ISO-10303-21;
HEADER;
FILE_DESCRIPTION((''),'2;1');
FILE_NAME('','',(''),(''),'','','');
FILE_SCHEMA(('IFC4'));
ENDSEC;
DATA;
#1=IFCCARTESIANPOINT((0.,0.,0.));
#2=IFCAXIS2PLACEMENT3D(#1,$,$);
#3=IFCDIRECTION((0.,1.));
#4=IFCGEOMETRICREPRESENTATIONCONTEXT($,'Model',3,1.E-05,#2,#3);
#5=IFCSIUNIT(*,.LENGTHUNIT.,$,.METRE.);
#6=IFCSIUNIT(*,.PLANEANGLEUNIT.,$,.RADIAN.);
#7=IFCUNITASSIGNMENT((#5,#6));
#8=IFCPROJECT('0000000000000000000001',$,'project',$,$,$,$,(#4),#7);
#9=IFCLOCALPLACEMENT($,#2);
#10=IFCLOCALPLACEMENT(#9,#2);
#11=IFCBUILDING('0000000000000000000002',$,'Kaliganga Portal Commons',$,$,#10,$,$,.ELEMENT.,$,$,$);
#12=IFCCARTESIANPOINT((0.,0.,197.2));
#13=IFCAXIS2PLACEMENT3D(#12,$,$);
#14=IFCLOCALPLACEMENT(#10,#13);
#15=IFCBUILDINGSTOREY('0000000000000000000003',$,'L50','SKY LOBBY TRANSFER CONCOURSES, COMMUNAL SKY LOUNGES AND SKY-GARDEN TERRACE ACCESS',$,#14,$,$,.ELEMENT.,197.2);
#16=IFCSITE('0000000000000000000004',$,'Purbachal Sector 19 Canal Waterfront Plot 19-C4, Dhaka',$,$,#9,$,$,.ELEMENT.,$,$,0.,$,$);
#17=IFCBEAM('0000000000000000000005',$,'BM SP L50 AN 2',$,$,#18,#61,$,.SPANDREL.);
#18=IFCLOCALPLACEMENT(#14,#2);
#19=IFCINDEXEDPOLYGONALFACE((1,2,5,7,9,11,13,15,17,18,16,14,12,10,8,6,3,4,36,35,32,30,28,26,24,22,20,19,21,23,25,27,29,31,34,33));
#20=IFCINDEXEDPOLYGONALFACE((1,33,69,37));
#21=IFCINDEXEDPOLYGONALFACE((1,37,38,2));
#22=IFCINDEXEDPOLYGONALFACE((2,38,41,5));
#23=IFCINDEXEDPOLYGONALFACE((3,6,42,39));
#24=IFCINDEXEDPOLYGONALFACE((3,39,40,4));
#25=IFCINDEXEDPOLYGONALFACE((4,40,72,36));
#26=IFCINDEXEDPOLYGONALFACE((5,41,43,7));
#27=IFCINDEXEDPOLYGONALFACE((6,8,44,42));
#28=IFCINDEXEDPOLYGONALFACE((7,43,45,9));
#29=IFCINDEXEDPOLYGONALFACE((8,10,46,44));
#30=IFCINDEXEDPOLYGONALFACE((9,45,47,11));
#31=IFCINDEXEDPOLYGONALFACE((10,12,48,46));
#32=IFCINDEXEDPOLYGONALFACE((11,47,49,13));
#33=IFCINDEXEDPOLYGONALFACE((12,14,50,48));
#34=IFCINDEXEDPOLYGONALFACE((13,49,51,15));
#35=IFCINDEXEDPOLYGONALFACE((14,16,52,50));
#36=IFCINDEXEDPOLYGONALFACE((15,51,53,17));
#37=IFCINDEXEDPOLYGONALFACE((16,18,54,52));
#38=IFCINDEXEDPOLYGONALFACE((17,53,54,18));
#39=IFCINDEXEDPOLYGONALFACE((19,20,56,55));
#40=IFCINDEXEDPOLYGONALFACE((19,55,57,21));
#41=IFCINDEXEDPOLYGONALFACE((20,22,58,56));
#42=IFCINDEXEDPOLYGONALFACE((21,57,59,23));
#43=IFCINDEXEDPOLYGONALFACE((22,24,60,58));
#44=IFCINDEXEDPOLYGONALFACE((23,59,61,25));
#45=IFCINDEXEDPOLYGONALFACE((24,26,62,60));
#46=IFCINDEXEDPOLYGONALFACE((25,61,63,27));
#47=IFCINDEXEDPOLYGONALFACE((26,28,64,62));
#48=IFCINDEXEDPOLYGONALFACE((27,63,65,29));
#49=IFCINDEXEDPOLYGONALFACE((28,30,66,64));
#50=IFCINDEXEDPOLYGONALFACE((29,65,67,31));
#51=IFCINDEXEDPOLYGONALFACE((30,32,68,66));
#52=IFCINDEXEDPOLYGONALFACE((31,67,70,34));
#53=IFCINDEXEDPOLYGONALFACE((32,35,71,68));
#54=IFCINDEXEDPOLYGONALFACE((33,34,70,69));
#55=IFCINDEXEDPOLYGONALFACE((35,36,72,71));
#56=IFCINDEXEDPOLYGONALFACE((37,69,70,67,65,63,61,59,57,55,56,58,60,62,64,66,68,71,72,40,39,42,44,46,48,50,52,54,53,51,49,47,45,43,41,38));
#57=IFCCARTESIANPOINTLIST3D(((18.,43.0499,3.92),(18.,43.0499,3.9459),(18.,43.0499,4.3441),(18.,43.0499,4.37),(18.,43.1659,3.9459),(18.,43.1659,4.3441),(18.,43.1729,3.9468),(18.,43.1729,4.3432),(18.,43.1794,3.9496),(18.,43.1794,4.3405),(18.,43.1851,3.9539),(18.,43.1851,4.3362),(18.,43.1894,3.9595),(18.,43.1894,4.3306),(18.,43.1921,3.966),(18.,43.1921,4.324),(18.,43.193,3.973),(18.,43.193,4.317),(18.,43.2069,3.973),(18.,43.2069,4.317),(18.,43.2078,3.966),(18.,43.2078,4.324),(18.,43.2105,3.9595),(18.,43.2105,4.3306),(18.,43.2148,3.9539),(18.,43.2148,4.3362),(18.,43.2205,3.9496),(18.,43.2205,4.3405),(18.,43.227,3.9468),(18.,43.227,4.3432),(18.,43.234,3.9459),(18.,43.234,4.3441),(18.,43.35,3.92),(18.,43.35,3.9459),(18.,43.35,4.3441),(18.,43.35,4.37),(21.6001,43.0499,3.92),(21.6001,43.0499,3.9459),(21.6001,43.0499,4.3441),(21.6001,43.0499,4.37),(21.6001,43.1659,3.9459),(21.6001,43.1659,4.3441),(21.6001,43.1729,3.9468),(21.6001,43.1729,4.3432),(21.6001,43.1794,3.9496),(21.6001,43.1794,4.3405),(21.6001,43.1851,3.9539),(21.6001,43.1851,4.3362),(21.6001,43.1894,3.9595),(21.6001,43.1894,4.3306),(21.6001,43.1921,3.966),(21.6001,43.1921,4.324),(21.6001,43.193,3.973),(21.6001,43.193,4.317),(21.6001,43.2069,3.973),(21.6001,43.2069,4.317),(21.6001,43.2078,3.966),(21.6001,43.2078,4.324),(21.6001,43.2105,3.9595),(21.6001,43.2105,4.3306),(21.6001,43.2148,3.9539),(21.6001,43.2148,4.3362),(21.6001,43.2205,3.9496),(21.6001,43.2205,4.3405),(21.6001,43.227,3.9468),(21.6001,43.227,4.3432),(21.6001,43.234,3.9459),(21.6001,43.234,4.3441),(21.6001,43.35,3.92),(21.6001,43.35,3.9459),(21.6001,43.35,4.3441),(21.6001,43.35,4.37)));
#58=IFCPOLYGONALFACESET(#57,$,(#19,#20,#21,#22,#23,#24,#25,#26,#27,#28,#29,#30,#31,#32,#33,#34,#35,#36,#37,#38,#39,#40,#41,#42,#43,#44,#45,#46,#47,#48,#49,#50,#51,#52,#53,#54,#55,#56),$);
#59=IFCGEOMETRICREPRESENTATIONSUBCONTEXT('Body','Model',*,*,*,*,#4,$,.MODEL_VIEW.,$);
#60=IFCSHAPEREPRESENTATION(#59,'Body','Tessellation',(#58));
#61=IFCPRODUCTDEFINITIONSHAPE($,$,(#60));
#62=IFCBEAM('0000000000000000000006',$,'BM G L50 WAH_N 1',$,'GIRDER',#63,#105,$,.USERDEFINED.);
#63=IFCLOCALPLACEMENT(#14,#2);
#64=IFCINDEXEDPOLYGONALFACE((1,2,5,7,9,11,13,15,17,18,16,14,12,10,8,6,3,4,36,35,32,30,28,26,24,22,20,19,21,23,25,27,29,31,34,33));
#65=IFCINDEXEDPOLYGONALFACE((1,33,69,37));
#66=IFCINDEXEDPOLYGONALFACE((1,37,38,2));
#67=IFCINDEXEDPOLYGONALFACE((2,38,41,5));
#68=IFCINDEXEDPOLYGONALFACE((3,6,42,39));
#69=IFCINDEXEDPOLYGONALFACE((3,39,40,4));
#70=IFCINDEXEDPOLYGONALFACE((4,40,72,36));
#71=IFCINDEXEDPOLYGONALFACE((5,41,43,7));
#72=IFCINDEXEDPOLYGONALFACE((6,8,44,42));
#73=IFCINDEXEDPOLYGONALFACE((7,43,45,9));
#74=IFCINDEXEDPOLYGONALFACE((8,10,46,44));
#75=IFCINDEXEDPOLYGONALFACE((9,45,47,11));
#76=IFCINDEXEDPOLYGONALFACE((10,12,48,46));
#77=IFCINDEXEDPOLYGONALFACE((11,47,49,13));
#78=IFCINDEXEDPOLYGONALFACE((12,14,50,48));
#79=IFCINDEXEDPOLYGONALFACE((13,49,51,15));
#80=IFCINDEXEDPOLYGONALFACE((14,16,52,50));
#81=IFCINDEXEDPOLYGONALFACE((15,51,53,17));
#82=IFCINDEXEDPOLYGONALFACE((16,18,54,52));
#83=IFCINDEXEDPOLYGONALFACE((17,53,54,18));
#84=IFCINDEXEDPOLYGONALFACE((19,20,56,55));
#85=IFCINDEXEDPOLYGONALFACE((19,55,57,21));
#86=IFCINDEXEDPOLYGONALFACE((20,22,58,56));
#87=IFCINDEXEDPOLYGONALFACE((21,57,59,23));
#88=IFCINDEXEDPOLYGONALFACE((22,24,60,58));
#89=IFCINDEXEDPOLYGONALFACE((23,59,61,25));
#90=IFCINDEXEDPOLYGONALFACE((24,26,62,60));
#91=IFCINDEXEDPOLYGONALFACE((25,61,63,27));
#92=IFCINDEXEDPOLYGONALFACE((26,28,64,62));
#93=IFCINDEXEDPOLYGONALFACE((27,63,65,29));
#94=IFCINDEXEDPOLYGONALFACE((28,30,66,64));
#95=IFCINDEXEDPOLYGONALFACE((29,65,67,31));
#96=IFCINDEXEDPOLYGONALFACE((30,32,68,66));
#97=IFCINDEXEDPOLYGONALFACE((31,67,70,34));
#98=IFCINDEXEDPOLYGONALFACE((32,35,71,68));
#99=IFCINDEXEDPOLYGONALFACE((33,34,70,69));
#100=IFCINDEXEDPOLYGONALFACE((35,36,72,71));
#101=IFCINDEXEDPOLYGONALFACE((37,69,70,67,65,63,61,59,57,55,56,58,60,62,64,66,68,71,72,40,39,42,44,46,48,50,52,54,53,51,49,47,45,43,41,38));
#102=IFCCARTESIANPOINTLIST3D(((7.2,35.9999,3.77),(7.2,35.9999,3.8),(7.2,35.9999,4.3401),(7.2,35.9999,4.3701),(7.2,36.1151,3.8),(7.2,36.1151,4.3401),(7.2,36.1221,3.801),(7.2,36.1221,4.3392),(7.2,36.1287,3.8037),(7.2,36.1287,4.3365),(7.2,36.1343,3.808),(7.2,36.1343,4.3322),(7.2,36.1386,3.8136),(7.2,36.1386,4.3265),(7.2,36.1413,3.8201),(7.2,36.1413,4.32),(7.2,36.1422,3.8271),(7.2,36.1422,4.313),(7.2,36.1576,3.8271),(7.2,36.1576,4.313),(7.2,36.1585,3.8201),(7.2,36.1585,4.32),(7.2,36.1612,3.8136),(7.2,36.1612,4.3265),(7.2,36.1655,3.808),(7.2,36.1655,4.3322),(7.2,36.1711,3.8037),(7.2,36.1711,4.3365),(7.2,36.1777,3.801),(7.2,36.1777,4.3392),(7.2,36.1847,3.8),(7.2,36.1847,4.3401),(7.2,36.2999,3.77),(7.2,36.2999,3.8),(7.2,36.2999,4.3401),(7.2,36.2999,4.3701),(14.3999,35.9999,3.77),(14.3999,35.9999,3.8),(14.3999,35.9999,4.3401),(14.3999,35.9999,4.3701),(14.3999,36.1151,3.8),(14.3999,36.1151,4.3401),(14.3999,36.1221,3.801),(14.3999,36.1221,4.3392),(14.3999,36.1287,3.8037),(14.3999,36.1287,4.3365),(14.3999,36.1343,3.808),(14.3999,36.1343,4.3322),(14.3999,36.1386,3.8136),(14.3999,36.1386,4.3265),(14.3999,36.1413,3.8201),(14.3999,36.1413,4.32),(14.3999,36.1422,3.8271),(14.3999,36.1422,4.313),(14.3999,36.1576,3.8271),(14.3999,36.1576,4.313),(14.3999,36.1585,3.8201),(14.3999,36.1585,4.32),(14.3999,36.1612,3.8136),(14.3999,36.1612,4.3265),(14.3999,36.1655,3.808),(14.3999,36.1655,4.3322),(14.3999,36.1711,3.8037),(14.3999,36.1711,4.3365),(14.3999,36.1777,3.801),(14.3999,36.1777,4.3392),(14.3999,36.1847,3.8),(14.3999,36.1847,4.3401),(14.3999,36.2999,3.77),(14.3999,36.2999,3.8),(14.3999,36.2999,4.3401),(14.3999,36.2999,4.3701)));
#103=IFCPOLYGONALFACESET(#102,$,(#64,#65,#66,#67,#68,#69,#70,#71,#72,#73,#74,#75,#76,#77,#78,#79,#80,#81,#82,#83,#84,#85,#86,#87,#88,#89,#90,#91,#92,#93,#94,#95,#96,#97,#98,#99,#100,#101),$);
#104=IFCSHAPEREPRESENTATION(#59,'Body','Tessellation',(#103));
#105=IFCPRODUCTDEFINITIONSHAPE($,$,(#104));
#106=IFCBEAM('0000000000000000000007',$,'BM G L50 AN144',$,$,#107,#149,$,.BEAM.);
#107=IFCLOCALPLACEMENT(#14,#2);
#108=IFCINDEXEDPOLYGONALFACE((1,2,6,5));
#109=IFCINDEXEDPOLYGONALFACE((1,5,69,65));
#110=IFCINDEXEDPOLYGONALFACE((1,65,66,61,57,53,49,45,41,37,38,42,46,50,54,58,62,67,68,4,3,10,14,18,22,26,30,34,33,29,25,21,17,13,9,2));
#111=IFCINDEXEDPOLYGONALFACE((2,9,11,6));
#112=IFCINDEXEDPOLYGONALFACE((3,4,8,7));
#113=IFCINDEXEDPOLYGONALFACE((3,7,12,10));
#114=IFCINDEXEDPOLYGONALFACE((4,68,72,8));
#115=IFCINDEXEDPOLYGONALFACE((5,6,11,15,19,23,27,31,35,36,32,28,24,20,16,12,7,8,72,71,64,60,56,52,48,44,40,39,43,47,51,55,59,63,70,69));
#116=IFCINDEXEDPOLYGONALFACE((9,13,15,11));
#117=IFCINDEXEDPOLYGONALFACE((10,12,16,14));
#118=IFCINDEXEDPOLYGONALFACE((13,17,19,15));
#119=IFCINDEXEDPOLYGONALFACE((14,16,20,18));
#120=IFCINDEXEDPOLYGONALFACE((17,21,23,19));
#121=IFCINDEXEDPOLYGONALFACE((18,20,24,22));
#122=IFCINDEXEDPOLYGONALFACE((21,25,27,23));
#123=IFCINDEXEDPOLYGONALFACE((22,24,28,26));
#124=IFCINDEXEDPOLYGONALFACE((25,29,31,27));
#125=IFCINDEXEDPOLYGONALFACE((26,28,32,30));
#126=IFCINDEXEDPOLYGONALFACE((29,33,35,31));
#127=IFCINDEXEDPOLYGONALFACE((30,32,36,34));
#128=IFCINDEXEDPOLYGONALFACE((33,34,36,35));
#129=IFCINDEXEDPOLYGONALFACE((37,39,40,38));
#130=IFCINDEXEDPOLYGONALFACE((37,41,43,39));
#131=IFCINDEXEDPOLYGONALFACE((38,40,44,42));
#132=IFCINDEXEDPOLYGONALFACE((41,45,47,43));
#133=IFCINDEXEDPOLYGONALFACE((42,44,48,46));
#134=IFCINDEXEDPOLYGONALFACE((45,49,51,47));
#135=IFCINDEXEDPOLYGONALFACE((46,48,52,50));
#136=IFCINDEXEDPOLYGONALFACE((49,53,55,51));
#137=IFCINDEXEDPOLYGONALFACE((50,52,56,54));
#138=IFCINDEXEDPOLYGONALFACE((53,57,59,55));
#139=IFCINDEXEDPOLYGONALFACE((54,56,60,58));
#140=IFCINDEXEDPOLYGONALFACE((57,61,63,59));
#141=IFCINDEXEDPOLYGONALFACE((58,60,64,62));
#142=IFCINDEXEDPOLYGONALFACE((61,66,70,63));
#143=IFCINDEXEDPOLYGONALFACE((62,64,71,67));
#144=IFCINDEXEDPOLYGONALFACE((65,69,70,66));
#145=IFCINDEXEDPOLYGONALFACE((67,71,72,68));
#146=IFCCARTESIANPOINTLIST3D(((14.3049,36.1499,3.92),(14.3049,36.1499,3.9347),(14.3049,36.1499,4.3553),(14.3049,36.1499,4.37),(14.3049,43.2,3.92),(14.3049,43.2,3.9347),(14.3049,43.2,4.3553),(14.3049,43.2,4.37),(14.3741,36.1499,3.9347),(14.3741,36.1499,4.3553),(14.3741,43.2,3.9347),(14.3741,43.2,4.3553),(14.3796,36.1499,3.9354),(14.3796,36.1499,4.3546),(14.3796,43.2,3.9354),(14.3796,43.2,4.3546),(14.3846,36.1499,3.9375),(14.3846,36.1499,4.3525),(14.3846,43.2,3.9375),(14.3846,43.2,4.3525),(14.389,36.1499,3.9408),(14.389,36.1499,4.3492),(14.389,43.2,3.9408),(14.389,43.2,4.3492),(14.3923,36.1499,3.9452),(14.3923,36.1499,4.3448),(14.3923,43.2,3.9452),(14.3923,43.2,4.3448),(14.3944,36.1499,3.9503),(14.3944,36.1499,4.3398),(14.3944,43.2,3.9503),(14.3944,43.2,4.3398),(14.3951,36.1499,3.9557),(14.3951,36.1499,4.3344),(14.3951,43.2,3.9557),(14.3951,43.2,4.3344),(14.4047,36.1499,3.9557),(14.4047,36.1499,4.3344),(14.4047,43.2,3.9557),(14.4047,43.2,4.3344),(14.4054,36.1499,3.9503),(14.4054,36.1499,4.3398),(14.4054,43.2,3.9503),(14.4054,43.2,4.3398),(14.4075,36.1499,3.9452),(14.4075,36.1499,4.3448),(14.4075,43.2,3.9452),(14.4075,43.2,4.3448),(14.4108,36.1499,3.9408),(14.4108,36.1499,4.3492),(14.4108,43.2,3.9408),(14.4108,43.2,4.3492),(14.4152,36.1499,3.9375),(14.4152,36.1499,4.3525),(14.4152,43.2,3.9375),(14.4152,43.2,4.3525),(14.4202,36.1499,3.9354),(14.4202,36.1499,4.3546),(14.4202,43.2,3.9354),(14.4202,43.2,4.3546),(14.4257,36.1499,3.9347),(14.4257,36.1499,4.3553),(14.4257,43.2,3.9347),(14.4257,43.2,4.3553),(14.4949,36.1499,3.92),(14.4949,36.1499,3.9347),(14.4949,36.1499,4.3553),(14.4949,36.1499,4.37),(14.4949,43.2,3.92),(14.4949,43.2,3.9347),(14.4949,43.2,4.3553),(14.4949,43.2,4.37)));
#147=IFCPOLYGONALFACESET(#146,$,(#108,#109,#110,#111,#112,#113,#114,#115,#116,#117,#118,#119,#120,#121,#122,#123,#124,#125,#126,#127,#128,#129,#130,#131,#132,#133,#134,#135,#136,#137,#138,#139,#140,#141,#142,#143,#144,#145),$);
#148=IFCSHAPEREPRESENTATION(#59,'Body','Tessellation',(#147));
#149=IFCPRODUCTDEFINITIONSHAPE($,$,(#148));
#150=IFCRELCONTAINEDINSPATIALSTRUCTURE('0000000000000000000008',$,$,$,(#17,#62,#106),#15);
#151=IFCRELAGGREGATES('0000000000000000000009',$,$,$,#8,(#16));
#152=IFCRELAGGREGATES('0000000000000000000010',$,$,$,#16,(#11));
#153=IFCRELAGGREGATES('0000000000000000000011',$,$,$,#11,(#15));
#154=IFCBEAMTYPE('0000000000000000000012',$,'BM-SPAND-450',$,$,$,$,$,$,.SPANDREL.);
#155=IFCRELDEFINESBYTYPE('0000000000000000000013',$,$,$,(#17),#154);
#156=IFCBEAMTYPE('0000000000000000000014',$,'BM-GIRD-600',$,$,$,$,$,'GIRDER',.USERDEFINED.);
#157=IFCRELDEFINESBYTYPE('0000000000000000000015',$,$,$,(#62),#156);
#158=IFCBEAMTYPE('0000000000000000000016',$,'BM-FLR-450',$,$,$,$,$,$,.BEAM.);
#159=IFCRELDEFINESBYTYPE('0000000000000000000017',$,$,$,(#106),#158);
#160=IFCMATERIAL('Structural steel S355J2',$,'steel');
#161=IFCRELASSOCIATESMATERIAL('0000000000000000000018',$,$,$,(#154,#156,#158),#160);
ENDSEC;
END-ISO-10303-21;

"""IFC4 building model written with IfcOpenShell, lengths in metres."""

from ifc_helpers import new_model, si_unit, direction, frame, origin, origin_2d, place, context, subcontext, project, spatial, i_section, extrude, source, transform, mapped, material, material_profile, profile_set, type_object, element, save


model = new_model("IFC4")

# Units and contexts
model_context = context("Model", 3, precision=1e-05, world=origin(), true_north=direction((0.0, 1.0)))
body_context = subcontext(model_context, "Body", "Model", "MODEL_VIEW")
ifc_project = project(units=[si_unit("LENGTHUNIT", "METRE"), si_unit("PLANEANGLEUNIT", "RADIAN")], contexts=[model_context])

# Site, building, storey
site_placement = place(None, origin())
site = spatial("IfcSite", under=ifc_project, at=site_placement, Name="Purbachal Sector 19 Canal Waterfront Plot 19-C4, Dhaka", CompositionType="ELEMENT", RefElevation=0.0)
building_placement = place(site_placement, origin())
building = spatial("IfcBuilding", under=site, at=building_placement, Name="Kaliganga Portal Commons", CompositionType="ELEMENT")
storey_placement = place(building_placement, frame((0.0, 0.0, 197.2)))
storey = spatial("IfcBuildingStorey", under=building, at=storey_placement, Name="L50", Description="SKY LOBBY TRANSFER CONCOURSES, COMMUNAL SKY LOUNGES AND SKY-GARDEN TERRACE ACCESS", CompositionType="ELEMENT", Elevation=197.2)

# Shared definitions
ifc_material_1 = material(Name="Structural steel S355J2", Category="steel")

# Beams
ifc_material_profile_1 = material_profile(ifc_material_1, i_section(OverallWidth=0.3, OverallDepth=0.45, WebThickness=0.0139, FlangeThickness=0.0259, FilletRadius=0.0271, at=origin_2d()), Name="HE 450 B")
ifc_profile_set_1 = profile_set([ifc_material_profile_1], Name="Structural steel S355J2 wide-flange")
beam_type_1 = type_object("IfcBeamType", Name="BM-SPAND-450", PredefinedType="SPANDREL", material=ifc_profile_set_1)
shared_shape_1 = source(origin(), body_context, "Body", "SweptSolid", [
    extrude(i_section(OverallWidth=0.3, OverallDepth=0.45, WebThickness=0.0139, FlangeThickness=0.0259, FilletRadius=0.0271, at=origin_2d()), origin(), (0.0, 0.0, 1.0), 3.6001),
])
for number, where, z_axis, x_axis, name in (
    (1, (18.0, 43.2, 4.145), (1.0, 0.0, 0.0), (0.0, 1.0, 0.0), "BM SP L50 AN 2"),
):
    element("IfcBeam", number, at=place(storey_placement, frame(where, z_axis=z_axis, x_axis=x_axis)), inside=storey, type_object=beam_type_1, Name=name, PredefinedType="SPANDREL", context=body_context, shape_type="MappedRepresentation", body=[
        mapped(shared_shape_1, transform((0.0, 0.0, 0.0), x_axis=(1.0, 0.0, 0.0), y_axis=(0.0, 1.0, 0.0), z_axis=(0.0, 0.0, 1.0), scale=1.0)),
    ])
ifc_material_profile_2 = material_profile(ifc_material_1, i_section(OverallWidth=0.3, OverallDepth=0.6001, WebThickness=0.0154, FlangeThickness=0.03, FilletRadius=0.0271, at=origin_2d()), Name="HE 600 B")
ifc_profile_set_2 = profile_set([ifc_material_profile_2], Name="Structural steel S355J2 wide-flange")
beam_type_2 = type_object("IfcBeamType", Name="BM-GIRD-600", ElementType="GIRDER", PredefinedType="USERDEFINED", material=ifc_profile_set_2)
shared_shape_2 = source(origin(), body_context, "Body", "SweptSolid", [
    extrude(i_section(OverallWidth=0.3, OverallDepth=0.6001, WebThickness=0.0154, FlangeThickness=0.03, FilletRadius=0.0271, at=origin_2d()), origin(), (0.0, 0.0, 1.0), 7.2),
])
beam_1_placement = place(storey_placement, frame((7.2, 36.1499, 4.0701), z_axis=(1.0, 0.0, 0.0), x_axis=(0.0, 1.0, 0.0)))
element("IfcBeam", 2, at=beam_1_placement, inside=storey, type_object=beam_type_2, Name="BM G L50 WAH_N 1", ObjectType="GIRDER", PredefinedType="USERDEFINED", context=body_context, shape_type="MappedRepresentation", body=[
    mapped(shared_shape_2, transform((0.0, 0.0, 0.0), x_axis=(1.0, 0.0, 0.0), y_axis=(0.0, 1.0, 0.0), z_axis=(0.0, 0.0, 1.0), scale=1.0)),
])
ifc_material_profile_3 = material_profile(ifc_material_1, i_section(OverallWidth=0.1899, OverallDepth=0.45, WebThickness=0.0095, FlangeThickness=0.0146, FilletRadius=0.021, at=origin_2d()), Name="IPE 450")
ifc_profile_set_3 = profile_set([ifc_material_profile_3], Name="Structural steel S355J2 wide-flange")
beam_type_3 = type_object("IfcBeamType", Name="BM-FLR-450", PredefinedType="BEAM", material=ifc_profile_set_3)
shared_shape_3 = source(origin(), body_context, "Body", "SweptSolid", [
    extrude(i_section(OverallWidth=0.1899, OverallDepth=0.45, WebThickness=0.0095, FlangeThickness=0.0146, FilletRadius=0.021, at=origin_2d()), origin(), (0.0, 0.0, 1.0), 7.05),
])
beam_2_placement = place(storey_placement, frame((14.3999, 36.1499, 4.145), z_axis=(0.0, 1.0, 0.0), x_axis=(-1.0, 0.0, 0.0)))
element("IfcBeam", 3, at=beam_2_placement, inside=storey, type_object=beam_type_3, Name="BM G L50 AN144", PredefinedType="BEAM", context=body_context, shape_type="MappedRepresentation", body=[
    mapped(shared_shape_3, transform((0.0, 0.0, 0.0), x_axis=(1.0, 0.0, 0.0), y_axis=(0.0, 1.0, 0.0), z_axis=(0.0, 0.0, 1.0), scale=1.0)),
])

save(model, "model.ifc")
